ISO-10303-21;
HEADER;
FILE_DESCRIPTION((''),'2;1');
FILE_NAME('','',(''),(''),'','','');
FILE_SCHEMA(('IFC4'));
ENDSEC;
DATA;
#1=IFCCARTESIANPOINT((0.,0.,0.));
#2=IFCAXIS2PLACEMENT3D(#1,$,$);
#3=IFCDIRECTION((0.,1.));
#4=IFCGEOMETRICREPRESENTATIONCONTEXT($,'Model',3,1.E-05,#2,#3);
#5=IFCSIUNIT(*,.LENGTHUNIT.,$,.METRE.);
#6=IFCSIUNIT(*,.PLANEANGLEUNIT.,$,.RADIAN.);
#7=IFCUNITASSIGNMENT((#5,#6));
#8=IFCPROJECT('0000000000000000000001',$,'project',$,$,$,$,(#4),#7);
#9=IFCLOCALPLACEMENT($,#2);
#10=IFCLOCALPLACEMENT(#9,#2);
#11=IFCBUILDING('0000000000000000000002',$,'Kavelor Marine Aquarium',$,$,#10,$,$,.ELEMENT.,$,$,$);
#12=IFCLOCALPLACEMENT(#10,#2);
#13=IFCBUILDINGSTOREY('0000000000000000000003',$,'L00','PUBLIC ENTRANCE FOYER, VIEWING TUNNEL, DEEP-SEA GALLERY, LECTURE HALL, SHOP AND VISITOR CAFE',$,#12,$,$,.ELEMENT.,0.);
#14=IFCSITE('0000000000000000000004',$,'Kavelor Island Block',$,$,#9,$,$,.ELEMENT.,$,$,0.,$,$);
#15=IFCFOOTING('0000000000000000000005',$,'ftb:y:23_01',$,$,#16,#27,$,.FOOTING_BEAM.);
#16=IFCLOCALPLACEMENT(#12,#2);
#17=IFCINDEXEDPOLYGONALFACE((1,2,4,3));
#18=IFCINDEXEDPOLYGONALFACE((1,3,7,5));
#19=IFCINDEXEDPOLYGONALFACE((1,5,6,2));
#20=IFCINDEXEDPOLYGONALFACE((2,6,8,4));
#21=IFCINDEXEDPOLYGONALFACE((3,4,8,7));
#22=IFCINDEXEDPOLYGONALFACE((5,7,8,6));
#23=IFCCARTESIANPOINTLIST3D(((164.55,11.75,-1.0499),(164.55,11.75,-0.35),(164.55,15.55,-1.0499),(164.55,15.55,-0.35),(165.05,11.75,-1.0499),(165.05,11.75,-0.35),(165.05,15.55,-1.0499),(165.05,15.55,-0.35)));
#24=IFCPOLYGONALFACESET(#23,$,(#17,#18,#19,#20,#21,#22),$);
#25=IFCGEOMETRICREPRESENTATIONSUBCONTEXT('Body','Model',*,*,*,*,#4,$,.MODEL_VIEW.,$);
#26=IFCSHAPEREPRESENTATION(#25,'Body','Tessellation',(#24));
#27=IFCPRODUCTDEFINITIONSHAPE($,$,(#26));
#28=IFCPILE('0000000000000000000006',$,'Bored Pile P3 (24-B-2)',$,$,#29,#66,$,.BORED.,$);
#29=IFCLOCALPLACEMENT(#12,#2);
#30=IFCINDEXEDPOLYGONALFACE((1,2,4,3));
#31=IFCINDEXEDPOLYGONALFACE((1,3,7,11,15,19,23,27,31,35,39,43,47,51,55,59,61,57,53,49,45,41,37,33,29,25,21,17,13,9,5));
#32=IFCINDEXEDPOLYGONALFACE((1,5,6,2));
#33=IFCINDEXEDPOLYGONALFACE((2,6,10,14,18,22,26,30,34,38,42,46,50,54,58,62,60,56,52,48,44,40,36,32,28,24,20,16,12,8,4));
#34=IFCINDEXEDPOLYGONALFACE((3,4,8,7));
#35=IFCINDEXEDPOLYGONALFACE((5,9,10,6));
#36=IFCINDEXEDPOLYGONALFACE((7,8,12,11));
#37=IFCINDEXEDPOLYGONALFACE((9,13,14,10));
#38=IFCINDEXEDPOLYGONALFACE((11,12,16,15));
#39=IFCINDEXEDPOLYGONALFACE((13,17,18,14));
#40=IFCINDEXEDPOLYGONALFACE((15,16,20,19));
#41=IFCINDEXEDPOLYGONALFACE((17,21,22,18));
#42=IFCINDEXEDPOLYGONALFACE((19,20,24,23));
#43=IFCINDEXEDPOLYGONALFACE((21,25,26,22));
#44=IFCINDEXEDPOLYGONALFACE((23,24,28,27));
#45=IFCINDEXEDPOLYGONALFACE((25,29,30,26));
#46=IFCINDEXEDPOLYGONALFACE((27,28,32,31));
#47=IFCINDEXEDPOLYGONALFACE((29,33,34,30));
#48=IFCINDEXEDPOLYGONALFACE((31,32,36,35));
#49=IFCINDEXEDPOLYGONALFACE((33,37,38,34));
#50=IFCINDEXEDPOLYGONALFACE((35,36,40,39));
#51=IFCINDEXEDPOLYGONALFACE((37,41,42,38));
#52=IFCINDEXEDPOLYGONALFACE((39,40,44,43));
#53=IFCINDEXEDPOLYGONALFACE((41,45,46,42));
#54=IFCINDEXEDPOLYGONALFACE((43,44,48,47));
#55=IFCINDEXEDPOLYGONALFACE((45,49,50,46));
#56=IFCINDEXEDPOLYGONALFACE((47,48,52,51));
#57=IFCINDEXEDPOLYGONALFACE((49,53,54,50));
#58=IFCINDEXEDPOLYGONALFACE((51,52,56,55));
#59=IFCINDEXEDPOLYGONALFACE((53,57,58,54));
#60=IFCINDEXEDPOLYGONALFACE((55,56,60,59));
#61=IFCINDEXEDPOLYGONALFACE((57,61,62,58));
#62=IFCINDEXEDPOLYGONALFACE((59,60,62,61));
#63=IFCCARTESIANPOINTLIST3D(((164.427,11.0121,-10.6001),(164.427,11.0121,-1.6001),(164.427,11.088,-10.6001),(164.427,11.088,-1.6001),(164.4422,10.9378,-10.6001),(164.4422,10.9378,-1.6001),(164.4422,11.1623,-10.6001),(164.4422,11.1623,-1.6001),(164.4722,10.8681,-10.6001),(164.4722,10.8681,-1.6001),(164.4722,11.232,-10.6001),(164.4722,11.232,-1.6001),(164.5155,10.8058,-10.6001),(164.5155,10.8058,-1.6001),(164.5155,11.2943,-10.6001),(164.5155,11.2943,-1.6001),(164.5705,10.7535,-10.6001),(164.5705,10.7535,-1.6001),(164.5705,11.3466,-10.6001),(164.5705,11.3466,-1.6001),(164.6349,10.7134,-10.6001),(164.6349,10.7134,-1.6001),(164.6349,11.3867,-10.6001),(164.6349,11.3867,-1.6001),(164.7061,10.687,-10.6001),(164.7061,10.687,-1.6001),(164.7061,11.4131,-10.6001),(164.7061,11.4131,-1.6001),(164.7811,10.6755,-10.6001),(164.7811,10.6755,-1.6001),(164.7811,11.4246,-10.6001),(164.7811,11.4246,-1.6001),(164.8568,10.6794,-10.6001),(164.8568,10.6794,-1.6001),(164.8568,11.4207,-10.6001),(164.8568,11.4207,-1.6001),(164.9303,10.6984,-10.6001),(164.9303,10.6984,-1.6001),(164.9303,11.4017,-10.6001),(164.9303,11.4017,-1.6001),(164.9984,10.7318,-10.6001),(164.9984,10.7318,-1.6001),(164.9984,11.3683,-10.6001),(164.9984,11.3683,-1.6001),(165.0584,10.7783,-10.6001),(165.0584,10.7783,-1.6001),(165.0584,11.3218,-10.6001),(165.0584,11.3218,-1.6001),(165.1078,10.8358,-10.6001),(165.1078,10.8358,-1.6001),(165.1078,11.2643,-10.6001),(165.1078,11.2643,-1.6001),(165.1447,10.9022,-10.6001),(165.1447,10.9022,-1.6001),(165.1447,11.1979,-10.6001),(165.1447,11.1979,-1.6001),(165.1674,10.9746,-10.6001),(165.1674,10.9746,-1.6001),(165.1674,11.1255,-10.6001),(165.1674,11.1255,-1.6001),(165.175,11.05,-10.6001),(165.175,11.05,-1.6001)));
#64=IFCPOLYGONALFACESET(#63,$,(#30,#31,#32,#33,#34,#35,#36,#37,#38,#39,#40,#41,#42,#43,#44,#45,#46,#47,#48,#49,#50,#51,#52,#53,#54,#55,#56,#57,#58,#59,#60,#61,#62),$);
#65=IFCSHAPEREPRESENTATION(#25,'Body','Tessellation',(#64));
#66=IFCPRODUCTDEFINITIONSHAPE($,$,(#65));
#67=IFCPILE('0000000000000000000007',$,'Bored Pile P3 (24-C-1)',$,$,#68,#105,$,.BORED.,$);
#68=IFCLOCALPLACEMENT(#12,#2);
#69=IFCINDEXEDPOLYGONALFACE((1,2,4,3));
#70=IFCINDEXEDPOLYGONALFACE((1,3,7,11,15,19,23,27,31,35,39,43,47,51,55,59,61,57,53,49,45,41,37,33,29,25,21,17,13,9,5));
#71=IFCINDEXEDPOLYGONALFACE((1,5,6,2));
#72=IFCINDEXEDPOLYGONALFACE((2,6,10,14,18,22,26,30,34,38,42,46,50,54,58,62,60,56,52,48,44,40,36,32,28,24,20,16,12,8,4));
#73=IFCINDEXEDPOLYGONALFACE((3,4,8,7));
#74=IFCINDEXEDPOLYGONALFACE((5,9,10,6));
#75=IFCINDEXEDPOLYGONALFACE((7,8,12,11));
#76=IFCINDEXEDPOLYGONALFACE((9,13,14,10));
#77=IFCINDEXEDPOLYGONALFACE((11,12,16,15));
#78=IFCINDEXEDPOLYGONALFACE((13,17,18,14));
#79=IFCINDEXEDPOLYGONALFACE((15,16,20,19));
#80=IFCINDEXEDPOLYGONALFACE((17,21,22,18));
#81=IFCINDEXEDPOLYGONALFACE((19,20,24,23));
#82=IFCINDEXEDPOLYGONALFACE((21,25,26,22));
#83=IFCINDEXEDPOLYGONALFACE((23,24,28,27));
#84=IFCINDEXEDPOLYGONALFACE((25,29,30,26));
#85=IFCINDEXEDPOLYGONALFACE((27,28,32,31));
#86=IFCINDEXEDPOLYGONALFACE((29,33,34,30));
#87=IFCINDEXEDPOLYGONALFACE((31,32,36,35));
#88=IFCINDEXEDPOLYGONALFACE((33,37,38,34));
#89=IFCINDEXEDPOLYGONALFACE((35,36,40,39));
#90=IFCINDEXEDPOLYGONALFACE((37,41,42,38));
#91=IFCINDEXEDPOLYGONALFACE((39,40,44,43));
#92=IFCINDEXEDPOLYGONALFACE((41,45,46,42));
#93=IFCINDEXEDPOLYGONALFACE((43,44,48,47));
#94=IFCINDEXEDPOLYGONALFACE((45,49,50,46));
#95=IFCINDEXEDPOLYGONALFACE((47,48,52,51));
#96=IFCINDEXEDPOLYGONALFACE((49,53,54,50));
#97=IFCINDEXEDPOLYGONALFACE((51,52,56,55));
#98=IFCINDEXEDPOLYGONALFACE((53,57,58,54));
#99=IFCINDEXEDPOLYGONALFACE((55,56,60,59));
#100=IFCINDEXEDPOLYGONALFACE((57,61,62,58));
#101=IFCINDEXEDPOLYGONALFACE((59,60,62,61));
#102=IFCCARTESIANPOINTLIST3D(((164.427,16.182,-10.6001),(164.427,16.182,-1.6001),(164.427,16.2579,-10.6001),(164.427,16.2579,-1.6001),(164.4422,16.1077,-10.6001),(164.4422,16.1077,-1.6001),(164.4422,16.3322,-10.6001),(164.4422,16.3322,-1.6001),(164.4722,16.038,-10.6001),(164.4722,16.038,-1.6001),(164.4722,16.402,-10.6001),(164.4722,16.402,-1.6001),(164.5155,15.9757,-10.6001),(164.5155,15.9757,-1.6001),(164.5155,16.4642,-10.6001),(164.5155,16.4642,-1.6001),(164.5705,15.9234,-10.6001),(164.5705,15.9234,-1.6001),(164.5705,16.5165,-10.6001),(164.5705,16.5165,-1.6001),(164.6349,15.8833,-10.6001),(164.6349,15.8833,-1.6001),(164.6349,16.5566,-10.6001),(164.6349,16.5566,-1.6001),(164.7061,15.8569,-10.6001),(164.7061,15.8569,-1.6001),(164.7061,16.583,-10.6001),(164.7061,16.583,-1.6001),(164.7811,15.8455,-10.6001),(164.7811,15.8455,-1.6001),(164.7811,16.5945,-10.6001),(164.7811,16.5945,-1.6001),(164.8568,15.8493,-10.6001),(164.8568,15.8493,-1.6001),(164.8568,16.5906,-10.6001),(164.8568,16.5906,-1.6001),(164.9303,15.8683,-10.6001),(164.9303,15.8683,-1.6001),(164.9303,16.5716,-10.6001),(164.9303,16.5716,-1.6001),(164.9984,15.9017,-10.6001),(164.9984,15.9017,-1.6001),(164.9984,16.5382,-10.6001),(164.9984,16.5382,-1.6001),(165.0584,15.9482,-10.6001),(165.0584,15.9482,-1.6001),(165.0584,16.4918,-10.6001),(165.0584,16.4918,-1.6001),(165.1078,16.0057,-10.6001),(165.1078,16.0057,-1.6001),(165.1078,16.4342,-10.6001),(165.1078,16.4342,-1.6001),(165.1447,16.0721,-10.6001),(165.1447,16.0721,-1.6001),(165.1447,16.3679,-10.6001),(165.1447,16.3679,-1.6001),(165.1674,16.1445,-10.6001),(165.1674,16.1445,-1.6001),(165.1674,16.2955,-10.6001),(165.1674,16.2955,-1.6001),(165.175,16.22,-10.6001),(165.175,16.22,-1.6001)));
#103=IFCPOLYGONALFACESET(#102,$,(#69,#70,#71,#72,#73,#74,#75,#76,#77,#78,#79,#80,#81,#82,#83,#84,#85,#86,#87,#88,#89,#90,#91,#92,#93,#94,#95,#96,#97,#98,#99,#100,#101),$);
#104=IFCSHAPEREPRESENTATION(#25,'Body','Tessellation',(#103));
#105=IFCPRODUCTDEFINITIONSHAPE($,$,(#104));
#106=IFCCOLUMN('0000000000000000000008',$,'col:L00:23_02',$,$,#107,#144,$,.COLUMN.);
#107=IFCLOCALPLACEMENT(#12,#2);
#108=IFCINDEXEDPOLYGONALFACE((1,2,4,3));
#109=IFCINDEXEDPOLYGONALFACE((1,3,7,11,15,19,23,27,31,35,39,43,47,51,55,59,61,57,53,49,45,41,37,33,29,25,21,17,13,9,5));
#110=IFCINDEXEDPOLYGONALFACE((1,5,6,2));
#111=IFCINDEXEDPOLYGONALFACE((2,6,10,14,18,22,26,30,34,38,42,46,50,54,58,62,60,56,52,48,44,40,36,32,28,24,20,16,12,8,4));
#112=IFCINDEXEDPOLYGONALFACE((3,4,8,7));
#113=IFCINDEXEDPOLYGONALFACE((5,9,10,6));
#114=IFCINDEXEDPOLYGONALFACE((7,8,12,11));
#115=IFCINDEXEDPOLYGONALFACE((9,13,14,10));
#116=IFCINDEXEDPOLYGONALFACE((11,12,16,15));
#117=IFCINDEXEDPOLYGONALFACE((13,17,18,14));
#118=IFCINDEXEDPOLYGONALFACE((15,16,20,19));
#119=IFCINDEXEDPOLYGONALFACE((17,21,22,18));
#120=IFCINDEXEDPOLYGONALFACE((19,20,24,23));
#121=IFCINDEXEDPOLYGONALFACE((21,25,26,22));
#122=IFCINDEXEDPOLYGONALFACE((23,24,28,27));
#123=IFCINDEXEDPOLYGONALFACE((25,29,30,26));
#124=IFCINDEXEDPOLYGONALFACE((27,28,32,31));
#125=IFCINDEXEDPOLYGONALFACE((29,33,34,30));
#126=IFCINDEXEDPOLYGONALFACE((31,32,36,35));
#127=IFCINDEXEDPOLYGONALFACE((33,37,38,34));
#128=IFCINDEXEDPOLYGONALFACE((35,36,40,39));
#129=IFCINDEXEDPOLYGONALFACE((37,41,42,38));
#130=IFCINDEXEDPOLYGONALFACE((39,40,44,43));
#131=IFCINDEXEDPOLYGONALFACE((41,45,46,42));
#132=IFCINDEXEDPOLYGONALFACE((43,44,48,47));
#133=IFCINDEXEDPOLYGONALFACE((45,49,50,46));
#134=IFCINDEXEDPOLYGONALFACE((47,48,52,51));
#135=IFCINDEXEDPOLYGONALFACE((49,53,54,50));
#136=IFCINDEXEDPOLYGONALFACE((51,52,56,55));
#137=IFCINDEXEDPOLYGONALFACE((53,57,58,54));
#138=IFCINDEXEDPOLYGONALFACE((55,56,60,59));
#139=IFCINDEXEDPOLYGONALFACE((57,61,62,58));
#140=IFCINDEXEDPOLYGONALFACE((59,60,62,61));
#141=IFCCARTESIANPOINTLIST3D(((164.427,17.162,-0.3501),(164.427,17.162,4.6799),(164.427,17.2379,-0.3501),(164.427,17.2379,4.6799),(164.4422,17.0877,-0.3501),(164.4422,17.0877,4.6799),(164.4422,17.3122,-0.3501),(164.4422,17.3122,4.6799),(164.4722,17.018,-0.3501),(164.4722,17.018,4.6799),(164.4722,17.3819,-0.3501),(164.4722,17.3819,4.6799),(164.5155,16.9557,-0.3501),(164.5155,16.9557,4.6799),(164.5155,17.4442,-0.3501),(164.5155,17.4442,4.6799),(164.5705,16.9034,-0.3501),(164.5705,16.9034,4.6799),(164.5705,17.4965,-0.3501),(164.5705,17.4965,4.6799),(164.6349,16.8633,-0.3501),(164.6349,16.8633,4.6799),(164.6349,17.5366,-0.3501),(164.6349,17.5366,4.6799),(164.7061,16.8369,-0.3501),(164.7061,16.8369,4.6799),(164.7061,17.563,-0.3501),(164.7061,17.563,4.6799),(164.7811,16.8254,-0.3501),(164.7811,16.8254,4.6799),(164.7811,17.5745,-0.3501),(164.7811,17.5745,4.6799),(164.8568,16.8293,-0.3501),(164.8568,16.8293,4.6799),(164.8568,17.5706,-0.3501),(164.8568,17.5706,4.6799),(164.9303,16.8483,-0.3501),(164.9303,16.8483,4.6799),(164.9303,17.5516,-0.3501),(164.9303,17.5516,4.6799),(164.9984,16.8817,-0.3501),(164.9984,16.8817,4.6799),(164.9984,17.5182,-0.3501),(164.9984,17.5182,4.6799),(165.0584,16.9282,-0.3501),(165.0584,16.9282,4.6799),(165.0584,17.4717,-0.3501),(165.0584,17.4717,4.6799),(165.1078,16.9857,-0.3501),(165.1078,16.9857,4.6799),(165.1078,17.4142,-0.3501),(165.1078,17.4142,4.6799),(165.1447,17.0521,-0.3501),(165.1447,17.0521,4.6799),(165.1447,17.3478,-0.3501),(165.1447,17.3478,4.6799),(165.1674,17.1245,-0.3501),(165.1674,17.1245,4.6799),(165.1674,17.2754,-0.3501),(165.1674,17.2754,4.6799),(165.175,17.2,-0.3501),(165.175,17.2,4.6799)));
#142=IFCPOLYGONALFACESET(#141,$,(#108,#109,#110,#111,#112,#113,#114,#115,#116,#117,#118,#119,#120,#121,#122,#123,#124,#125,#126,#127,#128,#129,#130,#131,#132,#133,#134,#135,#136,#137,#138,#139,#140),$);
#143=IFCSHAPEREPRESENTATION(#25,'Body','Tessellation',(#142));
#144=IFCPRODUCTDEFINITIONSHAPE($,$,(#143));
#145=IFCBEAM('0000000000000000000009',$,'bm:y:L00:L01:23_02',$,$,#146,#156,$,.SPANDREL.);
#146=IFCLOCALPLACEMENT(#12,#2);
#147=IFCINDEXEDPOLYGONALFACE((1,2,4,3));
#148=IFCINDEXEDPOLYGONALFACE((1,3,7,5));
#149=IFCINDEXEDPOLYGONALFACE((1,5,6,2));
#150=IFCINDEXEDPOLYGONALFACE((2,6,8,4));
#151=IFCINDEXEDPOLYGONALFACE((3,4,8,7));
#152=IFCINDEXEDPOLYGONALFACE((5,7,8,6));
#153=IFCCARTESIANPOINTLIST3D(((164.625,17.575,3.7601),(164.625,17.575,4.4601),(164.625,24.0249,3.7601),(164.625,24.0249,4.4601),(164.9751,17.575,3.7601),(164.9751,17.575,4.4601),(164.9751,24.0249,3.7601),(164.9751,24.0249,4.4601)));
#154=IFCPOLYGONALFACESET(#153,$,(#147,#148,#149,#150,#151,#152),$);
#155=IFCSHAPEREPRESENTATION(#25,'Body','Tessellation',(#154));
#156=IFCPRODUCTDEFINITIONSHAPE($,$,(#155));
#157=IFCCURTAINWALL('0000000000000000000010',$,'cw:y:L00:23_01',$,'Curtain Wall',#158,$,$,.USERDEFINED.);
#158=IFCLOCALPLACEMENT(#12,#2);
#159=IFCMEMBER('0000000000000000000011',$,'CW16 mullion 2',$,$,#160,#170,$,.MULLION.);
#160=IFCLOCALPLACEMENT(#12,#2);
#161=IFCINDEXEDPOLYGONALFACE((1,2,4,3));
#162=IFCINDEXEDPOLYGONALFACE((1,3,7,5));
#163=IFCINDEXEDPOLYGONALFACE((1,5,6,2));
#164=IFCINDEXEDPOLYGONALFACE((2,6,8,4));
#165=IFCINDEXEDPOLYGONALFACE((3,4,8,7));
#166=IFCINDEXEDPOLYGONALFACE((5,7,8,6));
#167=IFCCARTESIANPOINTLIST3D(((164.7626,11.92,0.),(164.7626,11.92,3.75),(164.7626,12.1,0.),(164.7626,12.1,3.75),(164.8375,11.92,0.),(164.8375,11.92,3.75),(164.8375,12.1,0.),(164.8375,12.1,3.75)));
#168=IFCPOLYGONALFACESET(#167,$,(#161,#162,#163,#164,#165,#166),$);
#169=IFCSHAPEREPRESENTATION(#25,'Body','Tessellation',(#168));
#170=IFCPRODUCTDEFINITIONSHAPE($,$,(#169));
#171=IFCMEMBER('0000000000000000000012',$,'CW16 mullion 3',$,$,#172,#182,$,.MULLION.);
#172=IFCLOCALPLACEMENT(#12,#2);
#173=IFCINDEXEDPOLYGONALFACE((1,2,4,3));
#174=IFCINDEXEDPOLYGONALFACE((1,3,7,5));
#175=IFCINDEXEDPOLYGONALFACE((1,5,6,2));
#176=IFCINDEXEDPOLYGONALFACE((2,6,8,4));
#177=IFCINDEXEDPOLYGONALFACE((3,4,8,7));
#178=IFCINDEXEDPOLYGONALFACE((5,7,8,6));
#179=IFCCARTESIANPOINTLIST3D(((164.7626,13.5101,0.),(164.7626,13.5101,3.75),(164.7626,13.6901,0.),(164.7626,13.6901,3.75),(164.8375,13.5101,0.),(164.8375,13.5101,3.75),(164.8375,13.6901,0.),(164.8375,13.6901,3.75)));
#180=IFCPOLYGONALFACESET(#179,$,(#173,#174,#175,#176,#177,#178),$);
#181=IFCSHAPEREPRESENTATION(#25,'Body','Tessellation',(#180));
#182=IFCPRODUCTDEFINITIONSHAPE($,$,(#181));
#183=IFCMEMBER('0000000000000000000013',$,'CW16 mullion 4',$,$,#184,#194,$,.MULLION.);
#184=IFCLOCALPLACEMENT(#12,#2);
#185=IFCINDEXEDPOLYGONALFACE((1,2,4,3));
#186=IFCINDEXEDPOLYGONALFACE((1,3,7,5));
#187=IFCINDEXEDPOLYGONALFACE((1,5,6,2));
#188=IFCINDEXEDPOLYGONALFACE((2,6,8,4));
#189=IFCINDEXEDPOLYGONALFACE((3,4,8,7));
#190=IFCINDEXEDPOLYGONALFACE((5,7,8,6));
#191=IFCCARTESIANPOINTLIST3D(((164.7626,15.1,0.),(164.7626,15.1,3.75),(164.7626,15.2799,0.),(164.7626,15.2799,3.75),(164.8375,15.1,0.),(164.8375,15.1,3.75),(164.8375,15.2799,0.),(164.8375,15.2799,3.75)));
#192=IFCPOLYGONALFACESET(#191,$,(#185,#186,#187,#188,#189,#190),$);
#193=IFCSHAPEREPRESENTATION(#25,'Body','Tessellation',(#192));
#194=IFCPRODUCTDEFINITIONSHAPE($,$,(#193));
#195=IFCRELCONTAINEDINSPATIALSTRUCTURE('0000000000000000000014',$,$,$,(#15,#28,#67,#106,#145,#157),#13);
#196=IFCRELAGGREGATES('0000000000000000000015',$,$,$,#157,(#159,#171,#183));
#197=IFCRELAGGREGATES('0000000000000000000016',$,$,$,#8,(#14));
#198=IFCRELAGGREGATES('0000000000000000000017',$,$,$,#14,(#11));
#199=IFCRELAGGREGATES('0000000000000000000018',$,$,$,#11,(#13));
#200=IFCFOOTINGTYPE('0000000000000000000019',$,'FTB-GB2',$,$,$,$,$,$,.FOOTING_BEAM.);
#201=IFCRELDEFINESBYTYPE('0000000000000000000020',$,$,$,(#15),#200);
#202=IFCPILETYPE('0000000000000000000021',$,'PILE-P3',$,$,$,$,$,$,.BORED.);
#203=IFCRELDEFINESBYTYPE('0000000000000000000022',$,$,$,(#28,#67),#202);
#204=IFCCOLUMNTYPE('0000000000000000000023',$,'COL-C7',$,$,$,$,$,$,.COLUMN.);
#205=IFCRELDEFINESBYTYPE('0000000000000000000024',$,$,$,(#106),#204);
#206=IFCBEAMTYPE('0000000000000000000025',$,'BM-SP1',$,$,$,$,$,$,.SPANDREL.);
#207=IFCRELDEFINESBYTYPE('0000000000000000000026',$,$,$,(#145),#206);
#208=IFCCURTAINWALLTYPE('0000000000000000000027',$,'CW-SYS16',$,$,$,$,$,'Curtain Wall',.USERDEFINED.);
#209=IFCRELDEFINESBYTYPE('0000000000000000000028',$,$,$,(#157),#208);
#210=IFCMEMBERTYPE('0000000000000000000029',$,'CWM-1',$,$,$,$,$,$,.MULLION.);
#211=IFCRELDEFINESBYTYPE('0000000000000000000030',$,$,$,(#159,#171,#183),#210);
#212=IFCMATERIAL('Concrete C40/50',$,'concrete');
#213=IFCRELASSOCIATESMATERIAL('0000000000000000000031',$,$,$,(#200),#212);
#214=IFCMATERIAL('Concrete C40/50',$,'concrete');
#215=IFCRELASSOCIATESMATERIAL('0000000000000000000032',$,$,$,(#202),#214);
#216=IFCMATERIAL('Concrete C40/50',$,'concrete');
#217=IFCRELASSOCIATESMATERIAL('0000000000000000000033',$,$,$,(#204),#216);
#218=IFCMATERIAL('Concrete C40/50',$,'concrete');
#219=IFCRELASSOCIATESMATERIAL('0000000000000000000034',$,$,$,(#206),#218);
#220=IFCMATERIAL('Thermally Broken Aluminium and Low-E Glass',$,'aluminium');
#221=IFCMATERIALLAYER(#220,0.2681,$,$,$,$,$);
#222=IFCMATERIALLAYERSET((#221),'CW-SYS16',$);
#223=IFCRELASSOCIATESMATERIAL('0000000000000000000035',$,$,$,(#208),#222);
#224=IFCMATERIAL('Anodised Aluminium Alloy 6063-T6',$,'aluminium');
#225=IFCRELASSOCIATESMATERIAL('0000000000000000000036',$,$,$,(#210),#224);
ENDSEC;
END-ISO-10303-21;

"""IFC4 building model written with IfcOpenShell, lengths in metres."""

from ifc_helpers import new_model, si_unit, direction, frame, origin, origin_2d, place, context, subcontext, project, spatial, rectangle, circle, extrude, material, layer, layer_set, material_profile, profile_set, type_object, element, aggregate, save


model = new_model("IFC4")

# Units and contexts
model_context = context("Model", 3, precision=1e-05, world=origin(), true_north=direction((0.0, 1.0)))
body_context = subcontext(model_context, "Body", "Model", "MODEL_VIEW")
ifc_project = project(units=[si_unit("LENGTHUNIT", "METRE"), si_unit("PLANEANGLEUNIT", "RADIAN")], contexts=[model_context])

# Site, building, storey
site_placement = place(None, origin())
site = spatial("IfcSite", under=ifc_project, at=site_placement, Name="Kavelor Island Block", CompositionType="ELEMENT", RefElevation=0.0)
building_placement = place(site_placement, origin())
building = spatial("IfcBuilding", under=site, at=building_placement, Name="Kavelor Marine Aquarium", CompositionType="ELEMENT")
storey_placement = place(building_placement, origin())
storey = spatial("IfcBuildingStorey", under=building, at=storey_placement, Name="L00", Description="PUBLIC ENTRANCE FOYER, VIEWING TUNNEL, DEEP-SEA GALLERY, LECTURE HALL, SHOP AND VISITOR CAFE", CompositionType="ELEMENT", Elevation=0.0)

# Footing
ifc_material_1 = material(Name="Concrete C40/50", Category="concrete")
ifc_material_profile_1 = material_profile(ifc_material_1, rectangle(XDim=0.5, YDim=0.7, at=origin_2d()), Name="GB 500x700")
ifc_profile_set_1 = profile_set([ifc_material_profile_1], Name="Concrete C40/50")
footing_type = type_object("IfcFootingType", Name="FTB-GB2", PredefinedType="FOOTING_BEAM", material=ifc_profile_set_1)
footing_placement = place(storey_placement, frame((164.8, 11.75, -0.7), z_axis=(0.0, 1.0, 0.0), x_axis=(-1.0, 0.0, 0.0)))
element("IfcFooting", 1, at=footing_placement, inside=storey, type_object=footing_type, Name="ftb:y:23_01", PredefinedType="FOOTING_BEAM", context=body_context, shape_type="SweptSolid", body=[
    extrude(rectangle(XDim=0.5, YDim=0.7, at=origin_2d()), origin(), (0.0, 0.0, 1.0), 3.8),
])

# Piles
ifc_material_2 = material(Name="Concrete C40/50", Category="concrete")
ifc_material_profile_2 = material_profile(ifc_material_2, circle(Radius=0.375, at=origin_2d()), Name="PILE D750")
ifc_profile_set_2 = profile_set([ifc_material_profile_2], Name="Concrete C40/50")
pile_type = type_object("IfcPileType", Name="PILE-P3", PredefinedType="BORED", material=ifc_profile_set_2)
for number, where, z_axis, x_axis, name in (
    (2, (164.8, 11.05, -1.6001), (0.0, 0.0, -1.0), (1.0, 0.0, 0.0), "Bored Pile P3 (24-B-2)"),
    (3, (164.8, 16.22, -1.6001), (0.0, 0.0, -1.0), (1.0, 0.0, 0.0), "Bored Pile P3 (24-C-1)"),
):
    element("IfcPile", number, at=place(storey_placement, frame(where, z_axis=z_axis, x_axis=x_axis)), inside=storey, type_object=pile_type, Name=name, PredefinedType="BORED", context=body_context, shape_type="SweptSolid", body=[
        extrude(circle(Radius=0.375, at=origin_2d()), origin(), (0.0, 0.0, 1.0), 9.0),
    ])

# Column
ifc_material_3 = material(Name="Concrete C40/50", Category="concrete")
ifc_material_profile_3 = material_profile(ifc_material_3, circle(Radius=0.375, at=origin_2d()), Name="RC-COL D750")
ifc_profile_set_3 = profile_set([ifc_material_profile_3], Name="Concrete C40/50")
column_type = type_object("IfcColumnType", Name="COL-C7", PredefinedType="COLUMN", material=ifc_profile_set_3)
column_placement = place(storey_placement, frame((164.8, 17.2, -0.3501), z_axis=(0.0, 0.0, 1.0), x_axis=(1.0, 0.0, 0.0)))
element("IfcColumn", 4, at=column_placement, inside=storey, type_object=column_type, Name="col:L00:23_02", PredefinedType="COLUMN", context=body_context, shape_type="SweptSolid", body=[
    extrude(circle(Radius=0.375, at=origin_2d()), origin(), (0.0, 0.0, 1.0), 5.03),
])

# Beam
ifc_material_4 = material(Name="Concrete C40/50", Category="concrete")
ifc_material_profile_4 = material_profile(ifc_material_4, rectangle(XDim=0.3501, YDim=0.7, at=origin_2d()), Name="RC-SP 350x700")
ifc_profile_set_4 = profile_set([ifc_material_profile_4], Name="Concrete C40/50")
beam_type = type_object("IfcBeamType", Name="BM-SP1", PredefinedType="SPANDREL", material=ifc_profile_set_4)
beam_placement = place(storey_placement, frame((164.8, 17.575, 4.1101), z_axis=(0.0, 1.0, 0.0), x_axis=(-1.0, 0.0, 0.0)))
element("IfcBeam", 5, at=beam_placement, inside=storey, type_object=beam_type, Name="bm:y:L00:L01:23_02", PredefinedType="SPANDREL", context=body_context, shape_type="SweptSolid", body=[
    extrude(rectangle(XDim=0.3501, YDim=0.7, at=origin_2d()), origin(), (0.0, 0.0, 1.0), 6.45),
])

# Curtain wall, members
ifc_material_5 = material(Name="Thermally Broken Aluminium and Low-E Glass", Category="aluminium")
ifc_layer_1 = layer(ifc_material_5, 0.2681)
ifc_layer_set_1 = layer_set([ifc_layer_1], Name="CW-SYS16")
curtain_wall_type_1 = type_object("IfcCurtainWallType", Name="CW-SYS16", ElementType="Curtain Wall", PredefinedType="USERDEFINED", material=ifc_layer_set_1)
curtain_wall_1_placement = place(storey_placement, origin())
curtain_wall_1 = element("IfcCurtainWall", 6, at=curtain_wall_1_placement, inside=storey, type_object=curtain_wall_type_1, Name="cw:y:L00:23_01", ObjectType="Curtain Wall", PredefinedType="USERDEFINED")
ifc_material_6 = material(Name="Anodised Aluminium Alloy 6063-T6", Category="aluminium")
ifc_material_profile_5 = material_profile(ifc_material_6, rectangle(XDim=0.075, YDim=0.1799, at=origin_2d()), Name="CW-MUL 75x180")
ifc_profile_set_5 = profile_set([ifc_material_profile_5], Name="Anodised Aluminium Alloy 6063-T6")
member_type_1 = type_object("IfcMemberType", Name="CWM-1", PredefinedType="MULLION", material=ifc_profile_set_5)
member_1_placement = place(storey_placement, frame((164.8, 12.01, 0.0), z_axis=(0.0, 0.0, 1.0), x_axis=(-1.0, 0.0, 0.0)))
member_1 = element("IfcMember", 7, at=member_1_placement, type_object=member_type_1, Name="CW16 mullion 2", PredefinedType="MULLION", context=body_context, shape_type="SweptSolid", body=[
    extrude(rectangle(XDim=0.075, YDim=0.1799, at=origin_2d()), origin(), (0.0, 0.0, 1.0), 3.75),
])
member_2_placement = place(storey_placement, frame((164.8, 13.6001, 0.0), z_axis=(0.0, 0.0, 1.0), x_axis=(-1.0, 0.0, 0.0)))
member_2 = element("IfcMember", 8, at=member_2_placement, type_object=member_type_1, Name="CW16 mullion 3", PredefinedType="MULLION", context=body_context, shape_type="SweptSolid", body=[
    extrude(rectangle(XDim=0.075, YDim=0.1799, at=origin_2d()), origin(), (0.0, 0.0, 1.0), 3.75),
])
member_3_placement = place(storey_placement, frame((164.8, 15.1899, 0.0), z_axis=(0.0, 0.0, 1.0), x_axis=(-1.0, 0.0, 0.0)))
member_3 = element("IfcMember", 9, at=member_3_placement, type_object=member_type_1, Name="CW16 mullion 4", PredefinedType="MULLION", context=body_context, shape_type="SweptSolid", body=[
    extrude(rectangle(XDim=0.075, YDim=0.1799, at=origin_2d()), origin(), (0.0, 0.0, 1.0), 3.75),
])

aggregate(curtain_wall_1, [member_1, member_2, member_3])

save(model, "model.ifc")
